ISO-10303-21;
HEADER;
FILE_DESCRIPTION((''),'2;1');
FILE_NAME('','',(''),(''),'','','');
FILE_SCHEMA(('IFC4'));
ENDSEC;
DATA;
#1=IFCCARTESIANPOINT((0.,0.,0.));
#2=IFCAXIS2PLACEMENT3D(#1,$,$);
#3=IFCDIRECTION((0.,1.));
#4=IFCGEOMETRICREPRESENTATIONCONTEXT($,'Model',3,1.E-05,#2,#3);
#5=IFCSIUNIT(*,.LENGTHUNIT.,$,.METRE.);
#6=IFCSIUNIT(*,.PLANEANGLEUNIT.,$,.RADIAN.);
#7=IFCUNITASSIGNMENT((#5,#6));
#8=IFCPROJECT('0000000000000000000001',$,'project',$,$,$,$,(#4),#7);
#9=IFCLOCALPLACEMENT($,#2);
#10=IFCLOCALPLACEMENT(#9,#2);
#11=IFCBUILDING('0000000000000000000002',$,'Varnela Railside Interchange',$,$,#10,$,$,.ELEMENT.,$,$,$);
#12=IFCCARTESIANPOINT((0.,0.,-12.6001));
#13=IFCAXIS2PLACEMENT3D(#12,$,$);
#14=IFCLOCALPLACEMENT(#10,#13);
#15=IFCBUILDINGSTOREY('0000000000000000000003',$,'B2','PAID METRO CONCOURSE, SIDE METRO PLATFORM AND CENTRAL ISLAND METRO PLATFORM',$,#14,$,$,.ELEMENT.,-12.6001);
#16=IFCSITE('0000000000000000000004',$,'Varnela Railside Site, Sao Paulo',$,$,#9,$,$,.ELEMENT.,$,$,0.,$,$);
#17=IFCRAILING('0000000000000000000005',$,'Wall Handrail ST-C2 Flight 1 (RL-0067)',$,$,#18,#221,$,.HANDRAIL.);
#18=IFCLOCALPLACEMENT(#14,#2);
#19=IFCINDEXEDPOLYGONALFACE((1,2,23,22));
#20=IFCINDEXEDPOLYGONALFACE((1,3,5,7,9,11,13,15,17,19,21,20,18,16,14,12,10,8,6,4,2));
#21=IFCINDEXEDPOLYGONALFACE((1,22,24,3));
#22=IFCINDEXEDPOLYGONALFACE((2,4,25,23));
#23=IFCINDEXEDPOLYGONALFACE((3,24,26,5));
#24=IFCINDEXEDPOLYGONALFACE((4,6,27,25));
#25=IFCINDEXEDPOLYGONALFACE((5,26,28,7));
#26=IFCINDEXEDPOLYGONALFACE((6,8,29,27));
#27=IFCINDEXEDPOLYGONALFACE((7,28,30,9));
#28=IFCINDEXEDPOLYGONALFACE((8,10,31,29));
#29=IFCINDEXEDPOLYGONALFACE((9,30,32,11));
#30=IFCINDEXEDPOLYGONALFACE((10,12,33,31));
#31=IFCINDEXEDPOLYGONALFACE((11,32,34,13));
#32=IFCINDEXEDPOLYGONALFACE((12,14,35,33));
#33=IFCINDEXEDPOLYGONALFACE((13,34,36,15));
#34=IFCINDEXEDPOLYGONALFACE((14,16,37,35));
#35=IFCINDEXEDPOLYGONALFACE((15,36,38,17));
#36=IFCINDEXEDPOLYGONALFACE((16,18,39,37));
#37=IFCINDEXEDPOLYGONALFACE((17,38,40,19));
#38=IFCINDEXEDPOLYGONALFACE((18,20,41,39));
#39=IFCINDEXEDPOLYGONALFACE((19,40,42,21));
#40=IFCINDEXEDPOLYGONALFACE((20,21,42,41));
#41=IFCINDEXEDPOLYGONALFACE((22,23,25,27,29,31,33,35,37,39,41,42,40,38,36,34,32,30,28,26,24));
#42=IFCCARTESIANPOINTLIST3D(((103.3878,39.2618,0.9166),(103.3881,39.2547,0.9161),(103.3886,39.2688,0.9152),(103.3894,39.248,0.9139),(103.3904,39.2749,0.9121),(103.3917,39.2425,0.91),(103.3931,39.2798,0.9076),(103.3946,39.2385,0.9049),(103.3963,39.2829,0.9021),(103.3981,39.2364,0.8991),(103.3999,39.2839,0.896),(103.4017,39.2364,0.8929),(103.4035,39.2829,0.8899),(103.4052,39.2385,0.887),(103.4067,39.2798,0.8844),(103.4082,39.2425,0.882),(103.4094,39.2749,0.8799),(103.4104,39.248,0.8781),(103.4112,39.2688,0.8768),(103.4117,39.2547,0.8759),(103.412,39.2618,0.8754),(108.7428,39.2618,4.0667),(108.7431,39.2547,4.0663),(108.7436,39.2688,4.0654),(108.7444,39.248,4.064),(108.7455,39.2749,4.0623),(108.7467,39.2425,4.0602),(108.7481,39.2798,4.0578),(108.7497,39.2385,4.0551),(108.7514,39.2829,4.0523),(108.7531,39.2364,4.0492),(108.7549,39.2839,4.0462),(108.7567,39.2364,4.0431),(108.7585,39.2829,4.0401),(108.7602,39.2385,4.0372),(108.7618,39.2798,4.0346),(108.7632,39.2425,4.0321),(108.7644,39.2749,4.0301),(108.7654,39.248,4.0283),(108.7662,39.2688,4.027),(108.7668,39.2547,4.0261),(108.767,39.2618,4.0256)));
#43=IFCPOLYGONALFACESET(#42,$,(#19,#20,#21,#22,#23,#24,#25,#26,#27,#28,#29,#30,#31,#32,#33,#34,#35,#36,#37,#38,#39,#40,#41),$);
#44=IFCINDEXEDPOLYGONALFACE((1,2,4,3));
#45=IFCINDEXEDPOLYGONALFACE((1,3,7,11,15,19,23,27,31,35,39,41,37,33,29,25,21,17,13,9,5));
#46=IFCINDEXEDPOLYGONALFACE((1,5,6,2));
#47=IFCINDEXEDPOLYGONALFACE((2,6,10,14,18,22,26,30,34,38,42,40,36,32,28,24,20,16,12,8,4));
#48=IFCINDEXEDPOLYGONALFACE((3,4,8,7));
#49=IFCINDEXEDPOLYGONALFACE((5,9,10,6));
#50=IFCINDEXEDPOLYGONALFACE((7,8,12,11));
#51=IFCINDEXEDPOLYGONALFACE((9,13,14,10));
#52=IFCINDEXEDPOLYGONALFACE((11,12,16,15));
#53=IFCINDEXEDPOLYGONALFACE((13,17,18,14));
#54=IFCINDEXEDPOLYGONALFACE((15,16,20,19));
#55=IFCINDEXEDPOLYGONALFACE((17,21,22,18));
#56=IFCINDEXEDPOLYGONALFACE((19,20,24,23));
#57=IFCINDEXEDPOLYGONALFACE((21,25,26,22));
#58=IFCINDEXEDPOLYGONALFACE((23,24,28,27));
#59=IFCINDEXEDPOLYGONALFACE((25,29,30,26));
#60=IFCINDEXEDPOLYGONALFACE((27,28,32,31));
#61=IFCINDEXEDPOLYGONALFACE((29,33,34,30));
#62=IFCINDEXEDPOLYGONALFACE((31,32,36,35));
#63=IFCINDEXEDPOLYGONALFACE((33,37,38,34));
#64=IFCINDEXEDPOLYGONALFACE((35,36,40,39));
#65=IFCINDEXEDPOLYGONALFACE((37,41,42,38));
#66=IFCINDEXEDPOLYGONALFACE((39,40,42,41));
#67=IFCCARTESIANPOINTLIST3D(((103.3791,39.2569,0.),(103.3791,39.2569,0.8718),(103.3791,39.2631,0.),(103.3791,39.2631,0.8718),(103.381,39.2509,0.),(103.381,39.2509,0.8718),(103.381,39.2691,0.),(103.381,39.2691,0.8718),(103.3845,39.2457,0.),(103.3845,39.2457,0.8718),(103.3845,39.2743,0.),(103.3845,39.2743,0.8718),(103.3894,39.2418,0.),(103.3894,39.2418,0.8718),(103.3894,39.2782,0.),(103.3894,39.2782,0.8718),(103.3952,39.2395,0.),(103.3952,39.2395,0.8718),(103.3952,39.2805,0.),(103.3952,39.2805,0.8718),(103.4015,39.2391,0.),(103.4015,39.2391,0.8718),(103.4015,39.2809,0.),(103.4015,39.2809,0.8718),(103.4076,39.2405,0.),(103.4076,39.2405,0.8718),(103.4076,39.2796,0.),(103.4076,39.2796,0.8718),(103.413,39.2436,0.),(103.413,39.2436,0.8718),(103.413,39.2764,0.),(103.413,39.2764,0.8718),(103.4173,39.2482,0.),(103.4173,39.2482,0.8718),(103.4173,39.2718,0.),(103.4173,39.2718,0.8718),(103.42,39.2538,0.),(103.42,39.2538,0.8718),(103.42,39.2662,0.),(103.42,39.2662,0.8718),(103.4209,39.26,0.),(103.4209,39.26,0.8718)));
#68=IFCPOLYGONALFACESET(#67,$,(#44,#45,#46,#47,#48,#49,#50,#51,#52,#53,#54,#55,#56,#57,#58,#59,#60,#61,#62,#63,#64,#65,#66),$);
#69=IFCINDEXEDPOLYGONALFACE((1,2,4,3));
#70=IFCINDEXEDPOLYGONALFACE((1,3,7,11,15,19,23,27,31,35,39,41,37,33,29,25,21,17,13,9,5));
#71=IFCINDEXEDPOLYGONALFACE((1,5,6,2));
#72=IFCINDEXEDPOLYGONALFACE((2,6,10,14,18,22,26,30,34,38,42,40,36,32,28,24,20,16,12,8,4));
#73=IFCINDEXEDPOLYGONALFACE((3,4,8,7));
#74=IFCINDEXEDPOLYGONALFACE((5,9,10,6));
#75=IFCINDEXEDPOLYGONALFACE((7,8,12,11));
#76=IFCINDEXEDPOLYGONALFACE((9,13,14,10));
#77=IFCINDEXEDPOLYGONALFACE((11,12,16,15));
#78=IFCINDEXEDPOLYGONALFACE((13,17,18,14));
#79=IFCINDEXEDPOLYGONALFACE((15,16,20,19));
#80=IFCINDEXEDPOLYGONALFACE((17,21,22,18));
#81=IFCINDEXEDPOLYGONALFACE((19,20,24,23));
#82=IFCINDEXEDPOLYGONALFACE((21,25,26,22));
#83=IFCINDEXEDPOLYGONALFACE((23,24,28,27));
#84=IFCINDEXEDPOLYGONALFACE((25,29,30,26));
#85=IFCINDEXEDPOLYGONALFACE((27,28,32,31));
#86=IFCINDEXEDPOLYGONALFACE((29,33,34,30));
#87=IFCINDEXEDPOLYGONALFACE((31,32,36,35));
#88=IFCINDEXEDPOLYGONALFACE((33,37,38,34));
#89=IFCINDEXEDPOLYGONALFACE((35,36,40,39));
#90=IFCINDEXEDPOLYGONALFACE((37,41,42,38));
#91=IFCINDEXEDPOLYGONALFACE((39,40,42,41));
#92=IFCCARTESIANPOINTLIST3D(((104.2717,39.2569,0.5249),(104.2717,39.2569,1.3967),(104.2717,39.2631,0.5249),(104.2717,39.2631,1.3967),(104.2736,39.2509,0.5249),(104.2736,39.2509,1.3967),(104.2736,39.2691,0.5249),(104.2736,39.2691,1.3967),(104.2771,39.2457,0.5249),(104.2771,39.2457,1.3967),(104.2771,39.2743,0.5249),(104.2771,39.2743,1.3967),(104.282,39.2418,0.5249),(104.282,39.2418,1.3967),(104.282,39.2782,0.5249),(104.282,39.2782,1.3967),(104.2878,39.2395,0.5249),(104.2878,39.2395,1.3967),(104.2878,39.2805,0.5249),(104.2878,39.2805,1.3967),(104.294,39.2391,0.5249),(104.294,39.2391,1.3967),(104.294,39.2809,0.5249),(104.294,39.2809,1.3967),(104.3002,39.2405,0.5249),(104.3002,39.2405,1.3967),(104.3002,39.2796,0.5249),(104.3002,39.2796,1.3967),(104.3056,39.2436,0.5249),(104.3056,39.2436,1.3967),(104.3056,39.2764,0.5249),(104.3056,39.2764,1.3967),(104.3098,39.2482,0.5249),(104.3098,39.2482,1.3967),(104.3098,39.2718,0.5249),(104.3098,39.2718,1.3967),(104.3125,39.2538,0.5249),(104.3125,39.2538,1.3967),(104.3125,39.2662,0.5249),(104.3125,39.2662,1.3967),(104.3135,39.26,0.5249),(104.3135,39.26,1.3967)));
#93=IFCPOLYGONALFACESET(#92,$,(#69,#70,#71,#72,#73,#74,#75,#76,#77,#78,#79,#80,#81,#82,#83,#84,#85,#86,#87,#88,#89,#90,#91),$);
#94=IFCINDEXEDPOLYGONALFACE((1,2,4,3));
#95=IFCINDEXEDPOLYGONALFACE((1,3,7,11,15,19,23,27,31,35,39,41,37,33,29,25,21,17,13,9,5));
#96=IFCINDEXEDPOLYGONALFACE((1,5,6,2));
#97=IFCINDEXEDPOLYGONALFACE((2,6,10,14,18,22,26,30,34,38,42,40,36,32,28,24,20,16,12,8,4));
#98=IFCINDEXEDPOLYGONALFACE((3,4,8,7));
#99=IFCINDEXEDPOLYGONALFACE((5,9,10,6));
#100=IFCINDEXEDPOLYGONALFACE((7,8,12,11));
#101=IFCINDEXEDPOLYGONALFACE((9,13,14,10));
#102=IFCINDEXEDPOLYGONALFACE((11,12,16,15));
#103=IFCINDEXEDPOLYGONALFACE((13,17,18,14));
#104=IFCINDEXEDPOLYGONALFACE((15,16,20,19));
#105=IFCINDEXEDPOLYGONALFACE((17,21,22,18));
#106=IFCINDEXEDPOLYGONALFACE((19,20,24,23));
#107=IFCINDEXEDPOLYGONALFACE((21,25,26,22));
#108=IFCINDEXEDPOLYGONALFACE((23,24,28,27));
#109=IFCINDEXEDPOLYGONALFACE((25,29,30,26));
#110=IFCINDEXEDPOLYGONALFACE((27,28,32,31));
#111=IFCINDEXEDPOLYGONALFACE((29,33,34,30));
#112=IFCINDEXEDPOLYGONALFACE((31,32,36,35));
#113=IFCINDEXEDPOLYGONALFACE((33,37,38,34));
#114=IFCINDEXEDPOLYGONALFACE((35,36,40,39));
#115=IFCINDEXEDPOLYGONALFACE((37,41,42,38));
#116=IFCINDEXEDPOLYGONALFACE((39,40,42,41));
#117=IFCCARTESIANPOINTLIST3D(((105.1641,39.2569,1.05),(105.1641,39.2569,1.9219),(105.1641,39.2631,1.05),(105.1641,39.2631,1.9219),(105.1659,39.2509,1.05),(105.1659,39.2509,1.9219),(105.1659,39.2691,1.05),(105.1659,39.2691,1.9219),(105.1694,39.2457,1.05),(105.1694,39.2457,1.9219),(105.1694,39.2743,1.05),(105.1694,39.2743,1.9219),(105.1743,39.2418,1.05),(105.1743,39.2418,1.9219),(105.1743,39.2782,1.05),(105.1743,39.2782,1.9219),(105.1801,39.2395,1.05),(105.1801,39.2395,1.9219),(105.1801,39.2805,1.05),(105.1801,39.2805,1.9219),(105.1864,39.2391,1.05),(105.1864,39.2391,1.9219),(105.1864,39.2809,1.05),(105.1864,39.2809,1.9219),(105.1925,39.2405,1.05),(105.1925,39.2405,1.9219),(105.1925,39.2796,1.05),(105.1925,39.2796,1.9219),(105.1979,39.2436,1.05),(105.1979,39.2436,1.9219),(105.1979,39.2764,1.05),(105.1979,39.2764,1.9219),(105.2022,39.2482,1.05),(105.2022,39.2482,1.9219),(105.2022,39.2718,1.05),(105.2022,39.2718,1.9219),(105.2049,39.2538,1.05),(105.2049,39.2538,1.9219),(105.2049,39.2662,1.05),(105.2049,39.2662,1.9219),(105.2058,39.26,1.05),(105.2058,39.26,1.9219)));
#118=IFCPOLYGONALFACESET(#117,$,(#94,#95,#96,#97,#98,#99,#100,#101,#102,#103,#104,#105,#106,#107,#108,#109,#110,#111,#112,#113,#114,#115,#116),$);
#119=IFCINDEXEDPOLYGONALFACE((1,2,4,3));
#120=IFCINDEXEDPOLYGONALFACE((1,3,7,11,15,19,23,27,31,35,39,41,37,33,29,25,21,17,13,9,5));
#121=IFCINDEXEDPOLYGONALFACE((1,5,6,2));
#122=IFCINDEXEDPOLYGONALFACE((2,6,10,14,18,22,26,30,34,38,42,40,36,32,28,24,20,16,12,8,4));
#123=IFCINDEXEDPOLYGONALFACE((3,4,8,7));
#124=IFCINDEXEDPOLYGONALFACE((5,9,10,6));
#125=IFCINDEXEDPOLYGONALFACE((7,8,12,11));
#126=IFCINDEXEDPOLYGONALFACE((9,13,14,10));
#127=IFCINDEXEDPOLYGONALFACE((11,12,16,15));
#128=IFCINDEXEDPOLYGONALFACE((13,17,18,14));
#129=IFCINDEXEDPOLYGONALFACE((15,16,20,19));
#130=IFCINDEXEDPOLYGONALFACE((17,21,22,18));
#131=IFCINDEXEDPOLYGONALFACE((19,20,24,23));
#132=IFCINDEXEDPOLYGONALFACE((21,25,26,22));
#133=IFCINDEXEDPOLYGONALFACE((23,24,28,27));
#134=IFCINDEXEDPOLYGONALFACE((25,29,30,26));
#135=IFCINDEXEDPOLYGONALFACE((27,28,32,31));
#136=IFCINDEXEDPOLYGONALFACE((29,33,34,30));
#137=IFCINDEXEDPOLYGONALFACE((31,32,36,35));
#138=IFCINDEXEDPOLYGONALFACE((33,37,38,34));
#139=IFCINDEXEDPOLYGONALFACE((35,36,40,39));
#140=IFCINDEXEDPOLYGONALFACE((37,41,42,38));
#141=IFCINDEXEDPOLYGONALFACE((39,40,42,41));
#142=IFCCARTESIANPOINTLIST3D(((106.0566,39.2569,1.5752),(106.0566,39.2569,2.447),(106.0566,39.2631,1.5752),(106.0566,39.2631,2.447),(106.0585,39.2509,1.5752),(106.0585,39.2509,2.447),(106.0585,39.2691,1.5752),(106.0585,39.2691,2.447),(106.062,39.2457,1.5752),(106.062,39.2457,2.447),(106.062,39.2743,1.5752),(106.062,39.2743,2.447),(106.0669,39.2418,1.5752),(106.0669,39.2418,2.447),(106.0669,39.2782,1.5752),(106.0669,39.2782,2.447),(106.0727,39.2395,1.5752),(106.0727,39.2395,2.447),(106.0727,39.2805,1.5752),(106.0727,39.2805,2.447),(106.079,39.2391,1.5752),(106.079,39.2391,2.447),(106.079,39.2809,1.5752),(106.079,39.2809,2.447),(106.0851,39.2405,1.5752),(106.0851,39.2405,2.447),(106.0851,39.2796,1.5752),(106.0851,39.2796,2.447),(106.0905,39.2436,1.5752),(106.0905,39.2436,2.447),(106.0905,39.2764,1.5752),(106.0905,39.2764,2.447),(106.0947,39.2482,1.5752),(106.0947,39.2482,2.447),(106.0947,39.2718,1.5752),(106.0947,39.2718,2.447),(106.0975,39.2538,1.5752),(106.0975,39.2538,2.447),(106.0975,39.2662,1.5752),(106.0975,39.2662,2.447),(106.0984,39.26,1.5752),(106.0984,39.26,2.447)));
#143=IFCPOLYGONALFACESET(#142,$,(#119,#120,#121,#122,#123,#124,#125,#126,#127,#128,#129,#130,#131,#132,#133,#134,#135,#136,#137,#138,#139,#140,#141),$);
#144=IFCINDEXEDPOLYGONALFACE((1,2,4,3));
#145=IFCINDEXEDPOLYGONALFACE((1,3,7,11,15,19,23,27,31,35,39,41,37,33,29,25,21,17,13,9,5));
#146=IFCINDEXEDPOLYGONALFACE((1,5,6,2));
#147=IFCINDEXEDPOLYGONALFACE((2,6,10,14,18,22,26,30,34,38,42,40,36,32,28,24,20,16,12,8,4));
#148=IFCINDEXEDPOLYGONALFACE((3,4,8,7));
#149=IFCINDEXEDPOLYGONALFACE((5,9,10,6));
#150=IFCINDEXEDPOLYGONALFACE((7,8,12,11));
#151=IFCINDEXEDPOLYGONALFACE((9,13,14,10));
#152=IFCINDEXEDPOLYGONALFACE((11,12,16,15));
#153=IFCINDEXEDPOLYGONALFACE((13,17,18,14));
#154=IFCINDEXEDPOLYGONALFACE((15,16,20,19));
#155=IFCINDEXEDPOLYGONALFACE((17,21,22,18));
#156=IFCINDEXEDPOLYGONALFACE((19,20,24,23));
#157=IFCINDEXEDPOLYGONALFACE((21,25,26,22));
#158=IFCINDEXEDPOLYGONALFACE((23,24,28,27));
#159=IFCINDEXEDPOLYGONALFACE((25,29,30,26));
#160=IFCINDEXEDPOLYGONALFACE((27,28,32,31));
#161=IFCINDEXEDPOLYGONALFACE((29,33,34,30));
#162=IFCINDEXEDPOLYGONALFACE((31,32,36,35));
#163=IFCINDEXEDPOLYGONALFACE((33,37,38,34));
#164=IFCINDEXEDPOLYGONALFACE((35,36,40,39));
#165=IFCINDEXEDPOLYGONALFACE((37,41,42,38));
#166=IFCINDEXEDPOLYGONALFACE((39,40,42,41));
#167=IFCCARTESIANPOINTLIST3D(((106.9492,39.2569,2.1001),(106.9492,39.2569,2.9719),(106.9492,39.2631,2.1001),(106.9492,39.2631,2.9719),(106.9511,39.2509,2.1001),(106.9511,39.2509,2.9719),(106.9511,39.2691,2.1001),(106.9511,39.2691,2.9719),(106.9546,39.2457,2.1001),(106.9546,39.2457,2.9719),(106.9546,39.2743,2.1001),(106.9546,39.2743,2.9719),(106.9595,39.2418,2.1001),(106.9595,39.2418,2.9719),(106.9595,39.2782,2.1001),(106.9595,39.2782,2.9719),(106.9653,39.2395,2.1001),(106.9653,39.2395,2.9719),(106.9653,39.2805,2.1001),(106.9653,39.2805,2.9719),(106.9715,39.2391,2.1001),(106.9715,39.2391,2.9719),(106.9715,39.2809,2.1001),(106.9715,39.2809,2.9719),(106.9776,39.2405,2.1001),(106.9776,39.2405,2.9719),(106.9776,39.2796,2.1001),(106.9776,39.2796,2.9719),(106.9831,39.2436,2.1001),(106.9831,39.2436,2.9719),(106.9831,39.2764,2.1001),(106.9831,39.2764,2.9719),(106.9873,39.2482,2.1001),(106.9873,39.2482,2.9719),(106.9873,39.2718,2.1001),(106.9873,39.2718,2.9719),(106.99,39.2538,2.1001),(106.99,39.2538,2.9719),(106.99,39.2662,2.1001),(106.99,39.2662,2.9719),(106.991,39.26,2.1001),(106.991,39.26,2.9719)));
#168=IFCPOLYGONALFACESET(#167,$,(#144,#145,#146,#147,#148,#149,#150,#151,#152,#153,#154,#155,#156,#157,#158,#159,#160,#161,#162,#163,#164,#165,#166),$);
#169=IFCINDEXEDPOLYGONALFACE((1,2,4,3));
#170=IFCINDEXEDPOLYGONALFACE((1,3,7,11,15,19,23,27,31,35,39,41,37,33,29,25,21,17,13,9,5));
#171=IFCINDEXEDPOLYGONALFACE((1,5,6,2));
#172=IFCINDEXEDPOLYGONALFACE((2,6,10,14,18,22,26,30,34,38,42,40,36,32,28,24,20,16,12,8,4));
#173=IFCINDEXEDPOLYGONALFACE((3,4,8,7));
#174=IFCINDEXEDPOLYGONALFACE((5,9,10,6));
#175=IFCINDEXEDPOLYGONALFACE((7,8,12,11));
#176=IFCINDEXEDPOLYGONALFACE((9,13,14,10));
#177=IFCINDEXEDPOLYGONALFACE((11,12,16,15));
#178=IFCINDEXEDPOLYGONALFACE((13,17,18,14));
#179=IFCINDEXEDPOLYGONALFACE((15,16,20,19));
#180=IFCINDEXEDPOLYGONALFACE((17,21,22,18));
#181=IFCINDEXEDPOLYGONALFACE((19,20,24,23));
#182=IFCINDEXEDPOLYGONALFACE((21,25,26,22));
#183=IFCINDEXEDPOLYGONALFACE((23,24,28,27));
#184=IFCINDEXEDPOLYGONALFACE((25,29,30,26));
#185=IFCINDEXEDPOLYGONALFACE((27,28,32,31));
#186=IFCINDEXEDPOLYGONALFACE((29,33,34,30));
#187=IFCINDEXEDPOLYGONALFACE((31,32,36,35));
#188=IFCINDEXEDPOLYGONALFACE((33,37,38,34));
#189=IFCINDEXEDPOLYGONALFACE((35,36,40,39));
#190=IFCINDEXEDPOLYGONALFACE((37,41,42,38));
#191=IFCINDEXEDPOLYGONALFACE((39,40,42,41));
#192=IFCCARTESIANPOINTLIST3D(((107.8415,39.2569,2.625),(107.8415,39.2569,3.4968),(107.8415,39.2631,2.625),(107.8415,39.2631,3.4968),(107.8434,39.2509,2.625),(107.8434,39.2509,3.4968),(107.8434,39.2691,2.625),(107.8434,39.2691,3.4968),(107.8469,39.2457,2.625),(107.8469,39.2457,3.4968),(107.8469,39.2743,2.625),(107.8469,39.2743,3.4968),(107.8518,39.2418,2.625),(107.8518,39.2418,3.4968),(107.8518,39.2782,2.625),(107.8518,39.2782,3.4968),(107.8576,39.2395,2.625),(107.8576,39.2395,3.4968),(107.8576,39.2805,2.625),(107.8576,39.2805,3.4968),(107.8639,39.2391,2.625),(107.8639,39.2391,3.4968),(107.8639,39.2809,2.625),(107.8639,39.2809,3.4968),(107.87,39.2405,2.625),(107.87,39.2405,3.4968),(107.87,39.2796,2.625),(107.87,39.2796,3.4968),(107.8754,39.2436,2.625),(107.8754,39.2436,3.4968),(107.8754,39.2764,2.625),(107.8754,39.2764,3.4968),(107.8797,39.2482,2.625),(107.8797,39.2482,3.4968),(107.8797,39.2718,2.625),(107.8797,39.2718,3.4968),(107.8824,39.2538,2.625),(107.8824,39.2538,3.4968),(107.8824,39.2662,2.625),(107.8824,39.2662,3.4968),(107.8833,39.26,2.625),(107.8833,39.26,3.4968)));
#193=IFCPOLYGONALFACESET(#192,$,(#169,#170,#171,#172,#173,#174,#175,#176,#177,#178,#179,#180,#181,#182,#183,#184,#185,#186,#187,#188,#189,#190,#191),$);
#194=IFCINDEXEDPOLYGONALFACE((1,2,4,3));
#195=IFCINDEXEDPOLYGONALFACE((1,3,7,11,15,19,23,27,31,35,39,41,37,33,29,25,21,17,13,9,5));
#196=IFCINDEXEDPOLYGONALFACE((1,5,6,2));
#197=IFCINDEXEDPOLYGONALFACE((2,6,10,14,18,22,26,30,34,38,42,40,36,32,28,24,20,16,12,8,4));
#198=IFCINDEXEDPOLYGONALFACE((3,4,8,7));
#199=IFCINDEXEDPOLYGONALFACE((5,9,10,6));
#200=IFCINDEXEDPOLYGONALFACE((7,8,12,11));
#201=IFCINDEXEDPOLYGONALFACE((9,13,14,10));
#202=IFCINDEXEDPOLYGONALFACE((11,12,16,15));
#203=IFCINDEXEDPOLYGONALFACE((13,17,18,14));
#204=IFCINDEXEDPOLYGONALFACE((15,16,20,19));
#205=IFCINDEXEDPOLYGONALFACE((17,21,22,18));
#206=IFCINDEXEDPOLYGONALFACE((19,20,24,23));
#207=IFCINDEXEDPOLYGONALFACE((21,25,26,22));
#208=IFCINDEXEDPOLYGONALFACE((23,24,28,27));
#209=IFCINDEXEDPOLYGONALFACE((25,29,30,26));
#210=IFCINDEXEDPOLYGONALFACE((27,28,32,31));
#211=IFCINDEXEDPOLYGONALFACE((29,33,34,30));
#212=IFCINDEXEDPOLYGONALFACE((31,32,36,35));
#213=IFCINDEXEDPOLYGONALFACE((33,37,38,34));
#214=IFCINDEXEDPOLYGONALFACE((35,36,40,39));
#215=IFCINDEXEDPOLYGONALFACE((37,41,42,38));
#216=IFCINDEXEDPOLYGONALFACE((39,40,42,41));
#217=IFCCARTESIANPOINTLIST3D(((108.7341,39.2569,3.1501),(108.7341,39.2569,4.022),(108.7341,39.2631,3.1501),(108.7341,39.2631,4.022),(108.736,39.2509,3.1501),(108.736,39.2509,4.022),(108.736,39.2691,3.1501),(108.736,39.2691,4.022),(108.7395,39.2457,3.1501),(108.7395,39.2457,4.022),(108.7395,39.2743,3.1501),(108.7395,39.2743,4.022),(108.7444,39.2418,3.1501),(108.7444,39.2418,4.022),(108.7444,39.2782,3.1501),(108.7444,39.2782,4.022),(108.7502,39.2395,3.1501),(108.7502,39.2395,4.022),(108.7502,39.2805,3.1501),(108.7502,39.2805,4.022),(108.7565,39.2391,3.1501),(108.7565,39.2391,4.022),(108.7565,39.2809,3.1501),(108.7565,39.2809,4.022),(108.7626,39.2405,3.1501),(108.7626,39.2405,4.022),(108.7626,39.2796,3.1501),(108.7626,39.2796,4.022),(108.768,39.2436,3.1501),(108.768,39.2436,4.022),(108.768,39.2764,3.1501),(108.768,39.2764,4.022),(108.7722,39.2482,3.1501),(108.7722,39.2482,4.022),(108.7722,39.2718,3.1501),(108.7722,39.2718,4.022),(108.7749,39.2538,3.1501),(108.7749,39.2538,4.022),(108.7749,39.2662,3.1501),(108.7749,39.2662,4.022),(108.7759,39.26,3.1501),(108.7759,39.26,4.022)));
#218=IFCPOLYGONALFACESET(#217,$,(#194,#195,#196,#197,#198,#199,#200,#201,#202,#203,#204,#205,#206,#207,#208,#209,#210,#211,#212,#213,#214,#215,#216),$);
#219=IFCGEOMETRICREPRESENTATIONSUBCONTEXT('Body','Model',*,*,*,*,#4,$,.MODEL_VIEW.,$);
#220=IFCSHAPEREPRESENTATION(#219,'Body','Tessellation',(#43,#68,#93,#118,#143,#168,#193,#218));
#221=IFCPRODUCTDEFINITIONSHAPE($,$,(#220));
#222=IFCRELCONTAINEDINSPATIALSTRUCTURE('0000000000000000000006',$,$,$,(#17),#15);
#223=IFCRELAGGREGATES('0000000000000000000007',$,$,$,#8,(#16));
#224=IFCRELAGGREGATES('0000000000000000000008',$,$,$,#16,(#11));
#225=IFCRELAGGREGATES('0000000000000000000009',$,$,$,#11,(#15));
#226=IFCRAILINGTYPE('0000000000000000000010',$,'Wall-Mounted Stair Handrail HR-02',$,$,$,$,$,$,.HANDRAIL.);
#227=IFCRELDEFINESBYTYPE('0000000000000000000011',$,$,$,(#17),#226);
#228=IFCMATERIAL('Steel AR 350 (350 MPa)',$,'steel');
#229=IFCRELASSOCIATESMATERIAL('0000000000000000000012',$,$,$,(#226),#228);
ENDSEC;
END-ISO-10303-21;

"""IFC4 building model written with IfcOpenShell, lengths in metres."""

from ifc_helpers import new_model, si_unit, direction, frame, origin, origin_2d, place, context, subcontext, project, spatial, circle, extrude, material, type_object, element, save


model = new_model("IFC4")

# Units and contexts
model_context = context("Model", 3, precision=1e-05, world=origin(), true_north=direction((0.0, 1.0)))
body_context = subcontext(model_context, "Body", "Model", "MODEL_VIEW")
ifc_project = project(units=[si_unit("LENGTHUNIT", "METRE"), si_unit("PLANEANGLEUNIT", "RADIAN")], contexts=[model_context])

# Site, building, storey
site_placement = place(None, origin())
site = spatial("IfcSite", under=ifc_project, at=site_placement, Name="Varnela Railside Site, Sao Paulo", CompositionType="ELEMENT", RefElevation=0.0)
building_placement = place(site_placement, origin())
building = spatial("IfcBuilding", under=site, at=building_placement, Name="Varnela Railside Interchange", CompositionType="ELEMENT")
storey_placement = place(building_placement, frame((0.0, 0.0, -12.6001)))
storey = spatial("IfcBuildingStorey", under=building, at=storey_placement, Name="B2", Description="PAID METRO CONCOURSE, SIDE METRO PLATFORM AND CENTRAL ISLAND METRO PLATFORM", CompositionType="ELEMENT", Elevation=-12.6001)

# Shared definitions
ifc_material_1 = material(Name="Steel AR 350 (350 MPa)", Category="steel")

# Railing
railing_type_1 = type_object("IfcRailingType", Name="Wall-Mounted Stair Handrail HR-02", PredefinedType="HANDRAIL", material=ifc_material_1)
railing_1_placement = place(storey_placement, frame((103.3999, 39.26, 0.0)))
element("IfcRailing", 1, at=railing_1_placement, inside=storey, type_object=railing_type_1, Name="Wall Handrail ST-C2 Flight 1 (RL-0067)", PredefinedType="HANDRAIL", context=body_context, shape_type="SweptSolid", body=[
    extrude(circle(Radius=0.0239, at=origin_2d()), frame((0.0, 0.0, 0.896), z_axis=(0.861923, 0.0, 0.507039), x_axis=(0.0, 1.0, 0.0)), (0.0, 0.0, 1.0), 6.2129),
    extrude(circle(Radius=0.021, at=origin_2d()), origin(), (0.0, 0.0, 1.0), 0.8718),
    extrude(circle(Radius=0.021, at=origin_2d()), frame((0.8926, 0.0, 0.5249)), (0.0, 0.0, 1.0), 0.8718),
    extrude(circle(Radius=0.021, at=origin_2d()), frame((1.7849, 0.0, 1.05)), (0.0, 0.0, 1.0), 0.8718),
    extrude(circle(Radius=0.021, at=origin_2d()), frame((2.6775, 0.0, 1.5752)), (0.0, 0.0, 1.0), 0.8718),
    extrude(circle(Radius=0.021, at=origin_2d()), frame((3.5701, 0.0, 2.1001)), (0.0, 0.0, 1.0), 0.8718),
    extrude(circle(Radius=0.021, at=origin_2d()), frame((4.4624, 0.0, 2.625)), (0.0, 0.0, 1.0), 0.8718),
    extrude(circle(Radius=0.021, at=origin_2d()), frame((5.355, 0.0, 3.1501)), (0.0, 0.0, 1.0), 0.8718),
])

save(model, "model.ifc")
